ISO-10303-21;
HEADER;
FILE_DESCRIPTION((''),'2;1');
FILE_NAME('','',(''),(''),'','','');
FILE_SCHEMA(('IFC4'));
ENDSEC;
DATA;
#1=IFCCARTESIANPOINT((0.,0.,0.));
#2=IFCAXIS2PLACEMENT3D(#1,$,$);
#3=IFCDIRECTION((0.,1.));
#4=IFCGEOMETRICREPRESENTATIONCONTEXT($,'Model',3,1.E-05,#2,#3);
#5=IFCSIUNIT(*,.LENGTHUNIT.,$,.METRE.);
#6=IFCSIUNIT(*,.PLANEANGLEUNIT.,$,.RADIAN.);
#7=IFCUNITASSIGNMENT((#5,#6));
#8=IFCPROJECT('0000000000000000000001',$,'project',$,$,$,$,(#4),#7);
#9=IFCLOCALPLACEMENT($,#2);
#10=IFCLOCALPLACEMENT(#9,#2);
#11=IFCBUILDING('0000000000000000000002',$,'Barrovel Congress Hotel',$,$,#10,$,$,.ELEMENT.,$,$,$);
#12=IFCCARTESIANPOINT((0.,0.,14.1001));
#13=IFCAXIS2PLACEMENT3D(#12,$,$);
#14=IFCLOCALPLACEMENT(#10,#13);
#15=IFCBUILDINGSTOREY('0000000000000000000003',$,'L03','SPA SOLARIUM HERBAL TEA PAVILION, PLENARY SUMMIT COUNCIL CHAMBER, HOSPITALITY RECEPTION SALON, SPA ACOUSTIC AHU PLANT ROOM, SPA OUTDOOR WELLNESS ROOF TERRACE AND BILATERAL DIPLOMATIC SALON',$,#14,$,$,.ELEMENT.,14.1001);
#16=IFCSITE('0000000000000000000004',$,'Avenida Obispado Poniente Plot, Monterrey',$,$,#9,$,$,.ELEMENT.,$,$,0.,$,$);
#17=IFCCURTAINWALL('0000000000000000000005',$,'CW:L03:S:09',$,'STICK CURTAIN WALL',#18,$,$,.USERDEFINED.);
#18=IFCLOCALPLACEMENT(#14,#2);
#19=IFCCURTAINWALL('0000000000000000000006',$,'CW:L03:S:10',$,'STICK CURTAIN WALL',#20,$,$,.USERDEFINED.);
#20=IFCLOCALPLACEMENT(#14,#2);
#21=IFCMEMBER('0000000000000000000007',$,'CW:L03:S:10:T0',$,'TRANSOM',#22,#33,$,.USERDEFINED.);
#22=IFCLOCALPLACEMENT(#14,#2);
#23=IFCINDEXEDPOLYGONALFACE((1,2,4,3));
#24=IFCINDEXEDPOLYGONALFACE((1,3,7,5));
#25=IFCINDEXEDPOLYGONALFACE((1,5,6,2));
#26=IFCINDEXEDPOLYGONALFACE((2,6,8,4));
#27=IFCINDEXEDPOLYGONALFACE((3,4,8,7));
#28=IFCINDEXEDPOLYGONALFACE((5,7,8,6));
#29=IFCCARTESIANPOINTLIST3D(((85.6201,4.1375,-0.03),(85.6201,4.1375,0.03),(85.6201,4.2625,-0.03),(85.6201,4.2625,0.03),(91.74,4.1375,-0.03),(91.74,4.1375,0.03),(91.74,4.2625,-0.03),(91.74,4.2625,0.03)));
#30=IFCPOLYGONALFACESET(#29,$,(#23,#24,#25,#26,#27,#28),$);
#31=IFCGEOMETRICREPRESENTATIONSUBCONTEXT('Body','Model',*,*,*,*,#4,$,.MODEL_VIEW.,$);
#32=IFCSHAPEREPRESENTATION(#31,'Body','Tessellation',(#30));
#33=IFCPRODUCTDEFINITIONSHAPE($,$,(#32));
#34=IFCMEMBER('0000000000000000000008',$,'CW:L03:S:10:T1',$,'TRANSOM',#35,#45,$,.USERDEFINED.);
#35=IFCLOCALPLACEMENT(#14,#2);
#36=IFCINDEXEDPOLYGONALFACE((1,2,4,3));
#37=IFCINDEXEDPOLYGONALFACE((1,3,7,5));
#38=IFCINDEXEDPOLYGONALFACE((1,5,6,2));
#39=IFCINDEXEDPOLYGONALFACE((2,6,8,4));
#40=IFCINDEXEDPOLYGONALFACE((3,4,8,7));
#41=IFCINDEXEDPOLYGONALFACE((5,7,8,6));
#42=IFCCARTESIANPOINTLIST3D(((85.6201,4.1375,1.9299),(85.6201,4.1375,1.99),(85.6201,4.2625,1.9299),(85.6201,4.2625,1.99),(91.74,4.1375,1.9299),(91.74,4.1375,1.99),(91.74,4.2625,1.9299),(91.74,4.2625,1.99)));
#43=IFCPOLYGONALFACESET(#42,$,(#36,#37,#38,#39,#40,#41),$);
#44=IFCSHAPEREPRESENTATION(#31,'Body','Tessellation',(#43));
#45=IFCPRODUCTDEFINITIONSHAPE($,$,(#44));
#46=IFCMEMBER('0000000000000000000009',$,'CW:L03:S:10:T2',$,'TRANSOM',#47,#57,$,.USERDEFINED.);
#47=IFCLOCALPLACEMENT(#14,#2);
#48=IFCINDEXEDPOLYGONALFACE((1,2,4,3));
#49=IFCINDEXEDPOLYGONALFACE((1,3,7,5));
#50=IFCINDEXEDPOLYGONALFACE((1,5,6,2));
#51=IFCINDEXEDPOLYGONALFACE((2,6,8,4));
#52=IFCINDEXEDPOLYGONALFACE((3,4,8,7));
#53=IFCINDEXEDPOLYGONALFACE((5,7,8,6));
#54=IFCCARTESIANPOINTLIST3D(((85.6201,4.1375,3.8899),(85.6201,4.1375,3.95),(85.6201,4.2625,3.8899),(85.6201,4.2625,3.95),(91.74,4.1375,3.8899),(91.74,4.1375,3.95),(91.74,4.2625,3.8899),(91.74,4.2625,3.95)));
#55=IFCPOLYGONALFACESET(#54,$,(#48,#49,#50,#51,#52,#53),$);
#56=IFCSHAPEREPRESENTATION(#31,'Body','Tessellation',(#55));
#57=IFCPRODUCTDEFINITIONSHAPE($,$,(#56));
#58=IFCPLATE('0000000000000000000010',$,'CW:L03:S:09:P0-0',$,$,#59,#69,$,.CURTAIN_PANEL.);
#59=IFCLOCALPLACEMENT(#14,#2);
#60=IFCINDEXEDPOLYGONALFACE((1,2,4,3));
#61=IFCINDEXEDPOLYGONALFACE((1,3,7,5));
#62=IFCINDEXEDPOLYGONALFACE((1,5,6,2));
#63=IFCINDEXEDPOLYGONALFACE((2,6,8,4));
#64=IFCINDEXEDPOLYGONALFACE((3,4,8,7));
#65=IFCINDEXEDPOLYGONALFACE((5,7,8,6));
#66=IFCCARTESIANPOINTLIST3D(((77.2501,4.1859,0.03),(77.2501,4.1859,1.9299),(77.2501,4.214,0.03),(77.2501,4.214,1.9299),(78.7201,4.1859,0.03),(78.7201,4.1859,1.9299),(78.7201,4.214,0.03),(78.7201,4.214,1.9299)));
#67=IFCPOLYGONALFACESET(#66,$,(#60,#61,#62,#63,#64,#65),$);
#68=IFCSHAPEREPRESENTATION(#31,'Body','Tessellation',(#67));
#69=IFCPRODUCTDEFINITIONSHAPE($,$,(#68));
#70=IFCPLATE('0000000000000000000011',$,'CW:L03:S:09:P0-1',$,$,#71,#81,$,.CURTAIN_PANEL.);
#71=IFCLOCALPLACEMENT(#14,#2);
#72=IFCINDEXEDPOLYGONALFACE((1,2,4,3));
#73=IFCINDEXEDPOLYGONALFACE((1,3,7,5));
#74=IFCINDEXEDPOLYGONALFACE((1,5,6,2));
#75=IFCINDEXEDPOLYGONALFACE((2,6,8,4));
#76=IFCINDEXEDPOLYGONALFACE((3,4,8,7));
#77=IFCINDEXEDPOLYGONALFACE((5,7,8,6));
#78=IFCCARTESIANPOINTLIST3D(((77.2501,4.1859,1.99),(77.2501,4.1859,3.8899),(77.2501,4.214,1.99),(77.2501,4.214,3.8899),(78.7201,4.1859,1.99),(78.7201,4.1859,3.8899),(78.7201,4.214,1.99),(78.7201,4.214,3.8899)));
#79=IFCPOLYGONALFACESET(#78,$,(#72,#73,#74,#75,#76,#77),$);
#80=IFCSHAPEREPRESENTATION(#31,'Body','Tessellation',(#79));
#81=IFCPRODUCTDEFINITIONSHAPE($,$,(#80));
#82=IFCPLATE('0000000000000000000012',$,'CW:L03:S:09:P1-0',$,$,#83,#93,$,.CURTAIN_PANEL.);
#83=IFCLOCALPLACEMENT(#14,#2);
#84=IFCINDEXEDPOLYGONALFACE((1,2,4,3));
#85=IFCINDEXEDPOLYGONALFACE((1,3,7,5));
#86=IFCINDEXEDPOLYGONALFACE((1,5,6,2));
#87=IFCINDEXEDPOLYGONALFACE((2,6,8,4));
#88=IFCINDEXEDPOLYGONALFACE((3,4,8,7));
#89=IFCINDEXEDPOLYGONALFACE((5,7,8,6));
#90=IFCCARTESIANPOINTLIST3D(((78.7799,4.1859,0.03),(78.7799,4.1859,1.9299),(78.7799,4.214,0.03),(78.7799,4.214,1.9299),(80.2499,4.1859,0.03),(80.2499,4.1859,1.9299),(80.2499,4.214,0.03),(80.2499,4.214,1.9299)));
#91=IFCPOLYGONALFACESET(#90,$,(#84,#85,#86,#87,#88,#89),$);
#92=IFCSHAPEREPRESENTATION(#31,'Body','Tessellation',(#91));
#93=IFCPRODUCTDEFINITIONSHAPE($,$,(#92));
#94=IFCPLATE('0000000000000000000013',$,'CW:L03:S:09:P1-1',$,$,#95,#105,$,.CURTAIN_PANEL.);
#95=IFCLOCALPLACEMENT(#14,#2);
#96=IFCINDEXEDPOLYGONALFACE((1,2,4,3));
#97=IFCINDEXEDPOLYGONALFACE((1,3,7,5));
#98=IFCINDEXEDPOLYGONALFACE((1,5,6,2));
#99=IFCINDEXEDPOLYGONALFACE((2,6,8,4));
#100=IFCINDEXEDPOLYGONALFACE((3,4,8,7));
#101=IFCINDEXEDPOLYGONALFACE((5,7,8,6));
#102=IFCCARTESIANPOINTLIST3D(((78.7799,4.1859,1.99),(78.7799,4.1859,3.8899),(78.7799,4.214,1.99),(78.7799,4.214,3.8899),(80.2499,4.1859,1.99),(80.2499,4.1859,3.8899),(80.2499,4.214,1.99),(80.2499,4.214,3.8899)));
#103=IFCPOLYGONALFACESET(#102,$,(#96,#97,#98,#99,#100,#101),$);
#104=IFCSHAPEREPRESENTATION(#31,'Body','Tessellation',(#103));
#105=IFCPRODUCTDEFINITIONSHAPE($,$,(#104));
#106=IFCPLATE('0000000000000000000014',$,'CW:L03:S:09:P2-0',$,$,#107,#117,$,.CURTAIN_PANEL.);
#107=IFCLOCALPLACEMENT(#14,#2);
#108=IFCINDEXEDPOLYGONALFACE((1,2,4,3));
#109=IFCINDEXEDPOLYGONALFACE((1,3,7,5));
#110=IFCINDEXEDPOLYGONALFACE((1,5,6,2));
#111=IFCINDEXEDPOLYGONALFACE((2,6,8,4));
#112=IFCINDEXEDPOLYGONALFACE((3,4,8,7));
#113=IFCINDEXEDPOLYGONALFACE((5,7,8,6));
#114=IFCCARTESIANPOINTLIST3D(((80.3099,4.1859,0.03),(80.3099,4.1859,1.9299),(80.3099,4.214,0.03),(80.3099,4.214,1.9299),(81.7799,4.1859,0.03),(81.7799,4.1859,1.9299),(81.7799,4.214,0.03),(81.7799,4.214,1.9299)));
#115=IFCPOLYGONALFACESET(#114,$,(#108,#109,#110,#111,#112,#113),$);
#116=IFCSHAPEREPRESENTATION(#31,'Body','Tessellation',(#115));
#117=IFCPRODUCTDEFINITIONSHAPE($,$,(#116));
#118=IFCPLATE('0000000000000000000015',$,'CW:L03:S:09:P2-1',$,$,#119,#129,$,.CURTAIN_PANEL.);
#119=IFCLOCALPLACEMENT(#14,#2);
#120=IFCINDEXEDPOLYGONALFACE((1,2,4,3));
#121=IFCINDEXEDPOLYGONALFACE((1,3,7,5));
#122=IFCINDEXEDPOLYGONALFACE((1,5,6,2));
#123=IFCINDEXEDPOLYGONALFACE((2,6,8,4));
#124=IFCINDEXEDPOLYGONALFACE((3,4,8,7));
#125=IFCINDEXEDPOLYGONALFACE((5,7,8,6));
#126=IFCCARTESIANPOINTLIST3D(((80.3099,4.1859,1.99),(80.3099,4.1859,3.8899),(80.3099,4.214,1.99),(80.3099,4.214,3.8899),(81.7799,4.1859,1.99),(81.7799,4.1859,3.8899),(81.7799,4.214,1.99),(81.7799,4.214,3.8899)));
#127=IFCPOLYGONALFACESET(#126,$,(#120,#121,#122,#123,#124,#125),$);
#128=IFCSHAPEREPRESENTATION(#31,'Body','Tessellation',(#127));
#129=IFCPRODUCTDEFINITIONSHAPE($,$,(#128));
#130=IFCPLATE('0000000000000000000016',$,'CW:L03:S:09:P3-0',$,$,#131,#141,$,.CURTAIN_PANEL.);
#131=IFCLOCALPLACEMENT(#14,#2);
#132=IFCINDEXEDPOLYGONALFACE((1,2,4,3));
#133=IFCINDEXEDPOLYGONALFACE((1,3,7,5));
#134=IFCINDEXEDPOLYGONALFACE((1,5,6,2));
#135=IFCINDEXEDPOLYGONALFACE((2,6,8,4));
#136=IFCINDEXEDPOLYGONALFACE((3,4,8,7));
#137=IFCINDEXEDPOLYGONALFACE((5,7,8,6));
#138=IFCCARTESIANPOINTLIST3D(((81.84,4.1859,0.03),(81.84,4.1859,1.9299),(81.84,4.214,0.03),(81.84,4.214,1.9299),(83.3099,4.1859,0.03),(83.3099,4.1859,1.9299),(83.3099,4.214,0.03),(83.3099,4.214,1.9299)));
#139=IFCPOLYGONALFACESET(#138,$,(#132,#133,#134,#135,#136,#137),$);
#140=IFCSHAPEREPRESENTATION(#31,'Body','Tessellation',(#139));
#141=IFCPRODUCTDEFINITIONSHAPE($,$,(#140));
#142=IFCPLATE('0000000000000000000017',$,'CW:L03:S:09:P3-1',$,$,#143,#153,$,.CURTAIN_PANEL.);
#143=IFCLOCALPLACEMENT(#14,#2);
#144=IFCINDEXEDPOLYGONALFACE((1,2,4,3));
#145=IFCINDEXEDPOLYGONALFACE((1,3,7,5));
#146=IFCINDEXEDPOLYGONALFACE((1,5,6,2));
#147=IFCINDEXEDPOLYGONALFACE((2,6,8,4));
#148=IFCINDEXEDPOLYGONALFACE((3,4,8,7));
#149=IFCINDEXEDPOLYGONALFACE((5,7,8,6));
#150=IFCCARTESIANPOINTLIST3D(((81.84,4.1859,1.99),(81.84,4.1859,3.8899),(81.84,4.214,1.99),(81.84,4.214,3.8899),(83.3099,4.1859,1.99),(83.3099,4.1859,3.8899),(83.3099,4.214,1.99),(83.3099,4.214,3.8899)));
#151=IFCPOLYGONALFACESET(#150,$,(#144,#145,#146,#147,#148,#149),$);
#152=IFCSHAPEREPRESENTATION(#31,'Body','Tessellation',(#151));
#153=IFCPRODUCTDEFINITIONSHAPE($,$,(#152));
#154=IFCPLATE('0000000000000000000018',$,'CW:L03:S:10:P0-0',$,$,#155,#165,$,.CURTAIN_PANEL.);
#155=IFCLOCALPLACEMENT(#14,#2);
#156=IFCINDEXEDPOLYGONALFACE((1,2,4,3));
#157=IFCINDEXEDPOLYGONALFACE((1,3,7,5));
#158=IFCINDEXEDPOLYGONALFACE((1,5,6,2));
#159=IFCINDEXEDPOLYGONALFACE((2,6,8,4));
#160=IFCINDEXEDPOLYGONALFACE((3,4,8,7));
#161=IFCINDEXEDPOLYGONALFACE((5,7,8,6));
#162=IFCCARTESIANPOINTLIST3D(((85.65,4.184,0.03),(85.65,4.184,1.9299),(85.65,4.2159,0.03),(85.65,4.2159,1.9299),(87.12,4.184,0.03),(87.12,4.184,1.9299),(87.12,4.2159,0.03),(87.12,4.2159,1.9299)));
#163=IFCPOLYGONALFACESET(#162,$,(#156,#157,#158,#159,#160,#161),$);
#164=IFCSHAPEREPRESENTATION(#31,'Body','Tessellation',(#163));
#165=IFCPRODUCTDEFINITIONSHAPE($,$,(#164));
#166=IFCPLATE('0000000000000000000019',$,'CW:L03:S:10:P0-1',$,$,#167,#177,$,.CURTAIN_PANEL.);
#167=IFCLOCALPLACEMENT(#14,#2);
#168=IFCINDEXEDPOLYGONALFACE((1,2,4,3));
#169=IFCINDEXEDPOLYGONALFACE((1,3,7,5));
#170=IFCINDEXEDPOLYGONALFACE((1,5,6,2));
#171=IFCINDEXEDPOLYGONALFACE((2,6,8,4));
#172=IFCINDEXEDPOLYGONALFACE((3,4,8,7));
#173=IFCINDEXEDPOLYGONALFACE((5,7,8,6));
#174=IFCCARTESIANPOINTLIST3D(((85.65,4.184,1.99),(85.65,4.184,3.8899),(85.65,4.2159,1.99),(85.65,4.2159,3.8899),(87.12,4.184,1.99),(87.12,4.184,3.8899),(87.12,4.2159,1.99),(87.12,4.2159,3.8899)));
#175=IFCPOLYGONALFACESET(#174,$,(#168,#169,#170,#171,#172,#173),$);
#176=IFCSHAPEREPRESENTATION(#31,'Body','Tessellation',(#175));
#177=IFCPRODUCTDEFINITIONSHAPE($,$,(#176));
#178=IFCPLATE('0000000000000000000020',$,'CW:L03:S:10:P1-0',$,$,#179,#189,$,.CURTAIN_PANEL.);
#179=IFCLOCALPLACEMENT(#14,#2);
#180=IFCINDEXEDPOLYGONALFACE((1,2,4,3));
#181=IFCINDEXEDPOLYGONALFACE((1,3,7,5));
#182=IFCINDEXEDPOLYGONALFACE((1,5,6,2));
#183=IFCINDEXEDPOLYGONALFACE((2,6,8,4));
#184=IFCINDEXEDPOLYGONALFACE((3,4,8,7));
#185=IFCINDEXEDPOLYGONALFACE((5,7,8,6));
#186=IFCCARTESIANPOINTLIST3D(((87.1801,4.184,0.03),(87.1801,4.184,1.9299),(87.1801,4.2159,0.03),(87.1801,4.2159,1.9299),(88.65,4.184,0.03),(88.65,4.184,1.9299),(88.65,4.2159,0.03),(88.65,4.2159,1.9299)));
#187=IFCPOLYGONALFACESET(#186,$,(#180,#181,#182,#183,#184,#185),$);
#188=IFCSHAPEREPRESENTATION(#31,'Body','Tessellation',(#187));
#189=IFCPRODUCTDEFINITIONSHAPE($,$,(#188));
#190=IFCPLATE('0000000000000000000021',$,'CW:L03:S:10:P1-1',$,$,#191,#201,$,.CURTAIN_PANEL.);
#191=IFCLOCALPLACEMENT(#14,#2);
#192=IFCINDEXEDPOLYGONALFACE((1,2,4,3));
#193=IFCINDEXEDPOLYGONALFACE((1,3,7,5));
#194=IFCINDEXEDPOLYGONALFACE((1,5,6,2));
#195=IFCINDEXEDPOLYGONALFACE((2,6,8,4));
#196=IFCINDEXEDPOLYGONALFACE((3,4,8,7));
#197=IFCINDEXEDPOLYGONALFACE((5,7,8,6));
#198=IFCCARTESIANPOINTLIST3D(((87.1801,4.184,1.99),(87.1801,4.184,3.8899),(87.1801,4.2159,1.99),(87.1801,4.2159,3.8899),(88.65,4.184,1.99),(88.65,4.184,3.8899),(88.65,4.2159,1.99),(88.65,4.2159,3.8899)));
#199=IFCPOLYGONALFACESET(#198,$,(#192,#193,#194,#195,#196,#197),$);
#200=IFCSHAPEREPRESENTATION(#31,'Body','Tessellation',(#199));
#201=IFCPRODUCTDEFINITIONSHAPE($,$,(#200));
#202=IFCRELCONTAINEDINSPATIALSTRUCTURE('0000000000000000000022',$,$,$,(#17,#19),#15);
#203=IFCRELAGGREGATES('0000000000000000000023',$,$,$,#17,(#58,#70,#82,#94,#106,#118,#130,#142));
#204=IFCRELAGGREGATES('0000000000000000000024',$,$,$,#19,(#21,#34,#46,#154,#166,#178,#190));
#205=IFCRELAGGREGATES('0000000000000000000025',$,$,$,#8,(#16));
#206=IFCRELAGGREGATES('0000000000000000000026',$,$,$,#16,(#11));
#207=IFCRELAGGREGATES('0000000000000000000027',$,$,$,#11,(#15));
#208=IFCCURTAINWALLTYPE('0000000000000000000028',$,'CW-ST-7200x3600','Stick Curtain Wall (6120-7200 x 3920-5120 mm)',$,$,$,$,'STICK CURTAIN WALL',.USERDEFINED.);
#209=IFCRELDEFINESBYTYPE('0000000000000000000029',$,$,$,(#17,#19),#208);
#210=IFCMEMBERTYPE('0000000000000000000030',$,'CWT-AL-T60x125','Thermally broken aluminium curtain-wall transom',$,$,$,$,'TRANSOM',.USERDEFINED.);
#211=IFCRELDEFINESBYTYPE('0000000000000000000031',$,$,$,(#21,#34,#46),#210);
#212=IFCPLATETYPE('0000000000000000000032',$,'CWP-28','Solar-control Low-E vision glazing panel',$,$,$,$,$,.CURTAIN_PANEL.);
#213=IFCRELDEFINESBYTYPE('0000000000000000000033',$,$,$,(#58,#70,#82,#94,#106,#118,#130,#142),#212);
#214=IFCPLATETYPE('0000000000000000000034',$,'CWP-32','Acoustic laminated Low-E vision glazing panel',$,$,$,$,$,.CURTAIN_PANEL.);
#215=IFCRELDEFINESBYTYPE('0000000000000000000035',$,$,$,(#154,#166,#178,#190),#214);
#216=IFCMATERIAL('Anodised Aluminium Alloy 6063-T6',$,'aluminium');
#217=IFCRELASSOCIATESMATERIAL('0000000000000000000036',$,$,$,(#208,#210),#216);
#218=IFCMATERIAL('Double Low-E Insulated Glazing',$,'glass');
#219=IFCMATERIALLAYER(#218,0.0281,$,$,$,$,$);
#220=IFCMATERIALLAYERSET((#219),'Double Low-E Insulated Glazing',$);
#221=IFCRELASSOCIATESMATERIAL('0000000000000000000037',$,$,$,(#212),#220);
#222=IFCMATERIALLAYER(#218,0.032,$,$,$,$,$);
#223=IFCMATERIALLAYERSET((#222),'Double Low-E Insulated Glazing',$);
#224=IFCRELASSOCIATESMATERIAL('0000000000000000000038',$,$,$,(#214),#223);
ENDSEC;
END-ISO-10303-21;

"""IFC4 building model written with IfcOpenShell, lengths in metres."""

from ifc_helpers import new_model, si_unit, direction, frame, origin, origin_2d, place, context, subcontext, project, spatial, rectangle, extrude, material, layer, layer_set, material_profile, profile_set, type_object, element, aggregate, save


model = new_model("IFC4")

# Units and contexts
model_context = context("Model", 3, precision=1e-05, world=origin(), true_north=direction((0.0, 1.0)))
body_context = subcontext(model_context, "Body", "Model", "MODEL_VIEW")
ifc_project = project(units=[si_unit("LENGTHUNIT", "METRE"), si_unit("PLANEANGLEUNIT", "RADIAN")], contexts=[model_context])

# Site, building, storey
site_placement = place(None, origin())
site = spatial("IfcSite", under=ifc_project, at=site_placement, Name="Avenida Obispado Poniente Plot, Monterrey", CompositionType="ELEMENT", RefElevation=0.0)
building_placement = place(site_placement, origin())
building = spatial("IfcBuilding", under=site, at=building_placement, Name="Barrovel Congress Hotel", CompositionType="ELEMENT")
storey_placement = place(building_placement, frame((0.0, 0.0, 14.1001)))
storey = spatial("IfcBuildingStorey", under=building, at=storey_placement, Name="L03", Description="SPA SOLARIUM HERBAL TEA PAVILION, PLENARY SUMMIT COUNCIL CHAMBER, HOSPITALITY RECEPTION SALON, SPA ACOUSTIC AHU PLANT ROOM, SPA OUTDOOR WELLNESS ROOF TERRACE AND BILATERAL DIPLOMATIC SALON", CompositionType="ELEMENT", Elevation=14.1001)

# Curtain walls
ifc_material_1 = material(Name="Anodised Aluminium Alloy 6063-T6", Category="aluminium")
curtain_wall_type = type_object("IfcCurtainWallType", Name="CW-ST-7200x3600", Description="Stick Curtain Wall (6120-7200 x 3920-5120 mm)", ElementType="STICK CURTAIN WALL", PredefinedType="USERDEFINED", material=ifc_material_1)
curtain_wall_1_placement = place(storey_placement, origin())
curtain_wall_1 = element("IfcCurtainWall", 1, at=curtain_wall_1_placement, inside=storey, type_object=curtain_wall_type, Name="CW:L03:S:09", ObjectType="STICK CURTAIN WALL", PredefinedType="USERDEFINED")
curtain_wall_2_placement = place(storey_placement, origin())
curtain_wall_2 = element("IfcCurtainWall", 2, at=curtain_wall_2_placement, inside=storey, type_object=curtain_wall_type, Name="CW:L03:S:10", ObjectType="STICK CURTAIN WALL", PredefinedType="USERDEFINED")

# Members
ifc_material_profile_1 = material_profile(ifc_material_1, rectangle(XDim=0.125, YDim=0.0601, at=origin_2d()), Name="AL-T60x125")
ifc_profile_set_1 = profile_set([ifc_material_profile_1], Name="Anodised Aluminium Alloy 6063-T6")
member_type_1 = type_object("IfcMemberType", Name="CWT-AL-T60x125", Description="Thermally broken aluminium curtain-wall transom", ElementType="TRANSOM", PredefinedType="USERDEFINED", material=ifc_profile_set_1)
member_1_placement = place(storey_placement, frame((85.6201, 4.2, 0.0), z_axis=(1.0, 0.0, 0.0), x_axis=(0.0, 1.0, 0.0)))
member_1 = element("IfcMember", 3, at=member_1_placement, type_object=member_type_1, Name="CW:L03:S:10:T0", ObjectType="TRANSOM", PredefinedType="USERDEFINED", context=body_context, shape_type="SweptSolid", body=[
    extrude(rectangle(XDim=0.125, YDim=0.0601, at=origin_2d()), origin(), (0.0, 0.0, 1.0), 6.1199),
])
member_2_placement = place(storey_placement, frame((85.6201, 4.2, 1.96), z_axis=(1.0, 0.0, 0.0), x_axis=(0.0, 1.0, 0.0)))
member_2 = element("IfcMember", 4, at=member_2_placement, type_object=member_type_1, Name="CW:L03:S:10:T1", ObjectType="TRANSOM", PredefinedType="USERDEFINED", context=body_context, shape_type="SweptSolid", body=[
    extrude(rectangle(XDim=0.125, YDim=0.0601, at=origin_2d()), origin(), (0.0, 0.0, 1.0), 6.1199),
])
member_3_placement = place(storey_placement, frame((85.6201, 4.2, 3.9199), z_axis=(1.0, 0.0, 0.0), x_axis=(0.0, 1.0, 0.0)))
member_3 = element("IfcMember", 5, at=member_3_placement, type_object=member_type_1, Name="CW:L03:S:10:T2", ObjectType="TRANSOM", PredefinedType="USERDEFINED", context=body_context, shape_type="SweptSolid", body=[
    extrude(rectangle(XDim=0.125, YDim=0.0601, at=origin_2d()), origin(), (0.0, 0.0, 1.0), 6.1199),
])

# Plates
ifc_material_2 = material(Name="Double Low-E Insulated Glazing", Category="glass")
ifc_layer_1 = layer(ifc_material_2, 0.0281)
ifc_layer_set_1 = layer_set([ifc_layer_1], Name="Double Low-E Insulated Glazing")
plate_type_1 = type_object("IfcPlateType", Name="CWP-28", Description="Solar-control Low-E vision glazing panel", PredefinedType="CURTAIN_PANEL", material=ifc_layer_set_1)
plate_1_placement = place(storey_placement, frame((77.9851, 4.2, 0.03), z_axis=(0.0, 0.0, 1.0), x_axis=(1.0, 0.0, 0.0)))
plate_1 = element("IfcPlate", 6, at=plate_1_placement, type_object=plate_type_1, Name="CW:L03:S:09:P0-0", PredefinedType="CURTAIN_PANEL", context=body_context, shape_type="SweptSolid", body=[
    extrude(rectangle(XDim=1.47, YDim=0.0281, at=origin_2d()), origin(), (0.0, 0.0, 1.0), 1.8999),
])
plate_2_placement = place(storey_placement, frame((77.9851, 4.2, 1.99), z_axis=(0.0, 0.0, 1.0), x_axis=(1.0, 0.0, 0.0)))
plate_2 = element("IfcPlate", 7, at=plate_2_placement, type_object=plate_type_1, Name="CW:L03:S:09:P0-1", PredefinedType="CURTAIN_PANEL", context=body_context, shape_type="SweptSolid", body=[
    extrude(rectangle(XDim=1.47, YDim=0.0281, at=origin_2d()), origin(), (0.0, 0.0, 1.0), 1.8999),
])
plate_3_placement = place(storey_placement, frame((79.5149, 4.2, 0.03), z_axis=(0.0, 0.0, 1.0), x_axis=(1.0, 0.0, 0.0)))
plate_3 = element("IfcPlate", 8, at=plate_3_placement, type_object=plate_type_1, Name="CW:L03:S:09:P1-0", PredefinedType="CURTAIN_PANEL", context=body_context, shape_type="SweptSolid", body=[
    extrude(rectangle(XDim=1.47, YDim=0.0281, at=origin_2d()), origin(), (0.0, 0.0, 1.0), 1.8999),
])
plate_4_placement = place(storey_placement, frame((79.5149, 4.2, 1.99), z_axis=(0.0, 0.0, 1.0), x_axis=(1.0, 0.0, 0.0)))
plate_4 = element("IfcPlate", 9, at=plate_4_placement, type_object=plate_type_1, Name="CW:L03:S:09:P1-1", PredefinedType="CURTAIN_PANEL", context=body_context, shape_type="SweptSolid", body=[
    extrude(rectangle(XDim=1.47, YDim=0.0281, at=origin_2d()), origin(), (0.0, 0.0, 1.0), 1.8999),
])
plate_5_placement = place(storey_placement, frame((81.0449, 4.2, 0.03), z_axis=(0.0, 0.0, 1.0), x_axis=(1.0, 0.0, 0.0)))
plate_5 = element("IfcPlate", 10, at=plate_5_placement, type_object=plate_type_1, Name="CW:L03:S:09:P2-0", PredefinedType="CURTAIN_PANEL", context=body_context, shape_type="SweptSolid", body=[
    extrude(rectangle(XDim=1.47, YDim=0.0281, at=origin_2d()), origin(), (0.0, 0.0, 1.0), 1.8999),
])
plate_6_placement = place(storey_placement, frame((81.0449, 4.2, 1.99), z_axis=(0.0, 0.0, 1.0), x_axis=(1.0, 0.0, 0.0)))
plate_6 = element("IfcPlate", 11, at=plate_6_placement, type_object=plate_type_1, Name="CW:L03:S:09:P2-1", PredefinedType="CURTAIN_PANEL", context=body_context, shape_type="SweptSolid", body=[
    extrude(rectangle(XDim=1.47, YDim=0.0281, at=origin_2d()), origin(), (0.0, 0.0, 1.0), 1.8999),
])
plate_7_placement = place(storey_placement, frame((82.575, 4.2, 0.03), z_axis=(0.0, 0.0, 1.0), x_axis=(1.0, 0.0, 0.0)))
plate_7 = element("IfcPlate", 12, at=plate_7_placement, type_object=plate_type_1, Name="CW:L03:S:09:P3-0", PredefinedType="CURTAIN_PANEL", context=body_context, shape_type="SweptSolid", body=[
    extrude(rectangle(XDim=1.47, YDim=0.0281, at=origin_2d()), origin(), (0.0, 0.0, 1.0), 1.8999),
])
plate_8_placement = place(storey_placement, frame((82.575, 4.2, 1.99), z_axis=(0.0, 0.0, 1.0), x_axis=(1.0, 0.0, 0.0)))
plate_8 = element("IfcPlate", 13, at=plate_8_placement, type_object=plate_type_1, Name="CW:L03:S:09:P3-1", PredefinedType="CURTAIN_PANEL", context=body_context, shape_type="SweptSolid", body=[
    extrude(rectangle(XDim=1.47, YDim=0.0281, at=origin_2d()), origin(), (0.0, 0.0, 1.0), 1.8999),
])
aggregate(curtain_wall_1, [plate_1, plate_2, plate_3, plate_4, plate_5, plate_6, plate_7, plate_8])
ifc_layer_2 = layer(ifc_material_2, 0.032)
ifc_layer_set_2 = layer_set([ifc_layer_2], Name="Double Low-E Insulated Glazing")
plate_type_2 = type_object("IfcPlateType", Name="CWP-32", Description="Acoustic laminated Low-E vision glazing panel", PredefinedType="CURTAIN_PANEL", material=ifc_layer_set_2)
plate_9_placement = place(storey_placement, frame((86.385, 4.2, 0.03), z_axis=(0.0, 0.0, 1.0), x_axis=(1.0, 0.0, 0.0)))
plate_9 = element("IfcPlate", 14, at=plate_9_placement, type_object=plate_type_2, Name="CW:L03:S:10:P0-0", PredefinedType="CURTAIN_PANEL", context=body_context, shape_type="SweptSolid", body=[
    extrude(rectangle(XDim=1.47, YDim=0.032, at=origin_2d()), origin(), (0.0, 0.0, 1.0), 1.8999),
])
plate_10_placement = place(storey_placement, frame((86.385, 4.2, 1.99), z_axis=(0.0, 0.0, 1.0), x_axis=(1.0, 0.0, 0.0)))
plate_10 = element("IfcPlate", 15, at=plate_10_placement, type_object=plate_type_2, Name="CW:L03:S:10:P0-1", PredefinedType="CURTAIN_PANEL", context=body_context, shape_type="SweptSolid", body=[
    extrude(rectangle(XDim=1.47, YDim=0.032, at=origin_2d()), origin(), (0.0, 0.0, 1.0), 1.8999),
])
plate_11_placement = place(storey_placement, frame((87.915, 4.2, 0.03), z_axis=(0.0, 0.0, 1.0), x_axis=(1.0, 0.0, 0.0)))
plate_11 = element("IfcPlate", 16, at=plate_11_placement, type_object=plate_type_2, Name="CW:L03:S:10:P1-0", PredefinedType="CURTAIN_PANEL", context=body_context, shape_type="SweptSolid", body=[
    extrude(rectangle(XDim=1.47, YDim=0.032, at=origin_2d()), origin(), (0.0, 0.0, 1.0), 1.8999),
])
plate_12_placement = place(storey_placement, frame((87.915, 4.2, 1.99), z_axis=(0.0, 0.0, 1.0), x_axis=(1.0, 0.0, 0.0)))
plate_12 = element("IfcPlate", 17, at=plate_12_placement, type_object=plate_type_2, Name="CW:L03:S:10:P1-1", PredefinedType="CURTAIN_PANEL", context=body_context, shape_type="SweptSolid", body=[
    extrude(rectangle(XDim=1.47, YDim=0.032, at=origin_2d()), origin(), (0.0, 0.0, 1.0), 1.8999),
])
aggregate(curtain_wall_2, [member_1, member_2, member_3, plate_9, plate_10, plate_11, plate_12])

save(model, "model.ifc")
